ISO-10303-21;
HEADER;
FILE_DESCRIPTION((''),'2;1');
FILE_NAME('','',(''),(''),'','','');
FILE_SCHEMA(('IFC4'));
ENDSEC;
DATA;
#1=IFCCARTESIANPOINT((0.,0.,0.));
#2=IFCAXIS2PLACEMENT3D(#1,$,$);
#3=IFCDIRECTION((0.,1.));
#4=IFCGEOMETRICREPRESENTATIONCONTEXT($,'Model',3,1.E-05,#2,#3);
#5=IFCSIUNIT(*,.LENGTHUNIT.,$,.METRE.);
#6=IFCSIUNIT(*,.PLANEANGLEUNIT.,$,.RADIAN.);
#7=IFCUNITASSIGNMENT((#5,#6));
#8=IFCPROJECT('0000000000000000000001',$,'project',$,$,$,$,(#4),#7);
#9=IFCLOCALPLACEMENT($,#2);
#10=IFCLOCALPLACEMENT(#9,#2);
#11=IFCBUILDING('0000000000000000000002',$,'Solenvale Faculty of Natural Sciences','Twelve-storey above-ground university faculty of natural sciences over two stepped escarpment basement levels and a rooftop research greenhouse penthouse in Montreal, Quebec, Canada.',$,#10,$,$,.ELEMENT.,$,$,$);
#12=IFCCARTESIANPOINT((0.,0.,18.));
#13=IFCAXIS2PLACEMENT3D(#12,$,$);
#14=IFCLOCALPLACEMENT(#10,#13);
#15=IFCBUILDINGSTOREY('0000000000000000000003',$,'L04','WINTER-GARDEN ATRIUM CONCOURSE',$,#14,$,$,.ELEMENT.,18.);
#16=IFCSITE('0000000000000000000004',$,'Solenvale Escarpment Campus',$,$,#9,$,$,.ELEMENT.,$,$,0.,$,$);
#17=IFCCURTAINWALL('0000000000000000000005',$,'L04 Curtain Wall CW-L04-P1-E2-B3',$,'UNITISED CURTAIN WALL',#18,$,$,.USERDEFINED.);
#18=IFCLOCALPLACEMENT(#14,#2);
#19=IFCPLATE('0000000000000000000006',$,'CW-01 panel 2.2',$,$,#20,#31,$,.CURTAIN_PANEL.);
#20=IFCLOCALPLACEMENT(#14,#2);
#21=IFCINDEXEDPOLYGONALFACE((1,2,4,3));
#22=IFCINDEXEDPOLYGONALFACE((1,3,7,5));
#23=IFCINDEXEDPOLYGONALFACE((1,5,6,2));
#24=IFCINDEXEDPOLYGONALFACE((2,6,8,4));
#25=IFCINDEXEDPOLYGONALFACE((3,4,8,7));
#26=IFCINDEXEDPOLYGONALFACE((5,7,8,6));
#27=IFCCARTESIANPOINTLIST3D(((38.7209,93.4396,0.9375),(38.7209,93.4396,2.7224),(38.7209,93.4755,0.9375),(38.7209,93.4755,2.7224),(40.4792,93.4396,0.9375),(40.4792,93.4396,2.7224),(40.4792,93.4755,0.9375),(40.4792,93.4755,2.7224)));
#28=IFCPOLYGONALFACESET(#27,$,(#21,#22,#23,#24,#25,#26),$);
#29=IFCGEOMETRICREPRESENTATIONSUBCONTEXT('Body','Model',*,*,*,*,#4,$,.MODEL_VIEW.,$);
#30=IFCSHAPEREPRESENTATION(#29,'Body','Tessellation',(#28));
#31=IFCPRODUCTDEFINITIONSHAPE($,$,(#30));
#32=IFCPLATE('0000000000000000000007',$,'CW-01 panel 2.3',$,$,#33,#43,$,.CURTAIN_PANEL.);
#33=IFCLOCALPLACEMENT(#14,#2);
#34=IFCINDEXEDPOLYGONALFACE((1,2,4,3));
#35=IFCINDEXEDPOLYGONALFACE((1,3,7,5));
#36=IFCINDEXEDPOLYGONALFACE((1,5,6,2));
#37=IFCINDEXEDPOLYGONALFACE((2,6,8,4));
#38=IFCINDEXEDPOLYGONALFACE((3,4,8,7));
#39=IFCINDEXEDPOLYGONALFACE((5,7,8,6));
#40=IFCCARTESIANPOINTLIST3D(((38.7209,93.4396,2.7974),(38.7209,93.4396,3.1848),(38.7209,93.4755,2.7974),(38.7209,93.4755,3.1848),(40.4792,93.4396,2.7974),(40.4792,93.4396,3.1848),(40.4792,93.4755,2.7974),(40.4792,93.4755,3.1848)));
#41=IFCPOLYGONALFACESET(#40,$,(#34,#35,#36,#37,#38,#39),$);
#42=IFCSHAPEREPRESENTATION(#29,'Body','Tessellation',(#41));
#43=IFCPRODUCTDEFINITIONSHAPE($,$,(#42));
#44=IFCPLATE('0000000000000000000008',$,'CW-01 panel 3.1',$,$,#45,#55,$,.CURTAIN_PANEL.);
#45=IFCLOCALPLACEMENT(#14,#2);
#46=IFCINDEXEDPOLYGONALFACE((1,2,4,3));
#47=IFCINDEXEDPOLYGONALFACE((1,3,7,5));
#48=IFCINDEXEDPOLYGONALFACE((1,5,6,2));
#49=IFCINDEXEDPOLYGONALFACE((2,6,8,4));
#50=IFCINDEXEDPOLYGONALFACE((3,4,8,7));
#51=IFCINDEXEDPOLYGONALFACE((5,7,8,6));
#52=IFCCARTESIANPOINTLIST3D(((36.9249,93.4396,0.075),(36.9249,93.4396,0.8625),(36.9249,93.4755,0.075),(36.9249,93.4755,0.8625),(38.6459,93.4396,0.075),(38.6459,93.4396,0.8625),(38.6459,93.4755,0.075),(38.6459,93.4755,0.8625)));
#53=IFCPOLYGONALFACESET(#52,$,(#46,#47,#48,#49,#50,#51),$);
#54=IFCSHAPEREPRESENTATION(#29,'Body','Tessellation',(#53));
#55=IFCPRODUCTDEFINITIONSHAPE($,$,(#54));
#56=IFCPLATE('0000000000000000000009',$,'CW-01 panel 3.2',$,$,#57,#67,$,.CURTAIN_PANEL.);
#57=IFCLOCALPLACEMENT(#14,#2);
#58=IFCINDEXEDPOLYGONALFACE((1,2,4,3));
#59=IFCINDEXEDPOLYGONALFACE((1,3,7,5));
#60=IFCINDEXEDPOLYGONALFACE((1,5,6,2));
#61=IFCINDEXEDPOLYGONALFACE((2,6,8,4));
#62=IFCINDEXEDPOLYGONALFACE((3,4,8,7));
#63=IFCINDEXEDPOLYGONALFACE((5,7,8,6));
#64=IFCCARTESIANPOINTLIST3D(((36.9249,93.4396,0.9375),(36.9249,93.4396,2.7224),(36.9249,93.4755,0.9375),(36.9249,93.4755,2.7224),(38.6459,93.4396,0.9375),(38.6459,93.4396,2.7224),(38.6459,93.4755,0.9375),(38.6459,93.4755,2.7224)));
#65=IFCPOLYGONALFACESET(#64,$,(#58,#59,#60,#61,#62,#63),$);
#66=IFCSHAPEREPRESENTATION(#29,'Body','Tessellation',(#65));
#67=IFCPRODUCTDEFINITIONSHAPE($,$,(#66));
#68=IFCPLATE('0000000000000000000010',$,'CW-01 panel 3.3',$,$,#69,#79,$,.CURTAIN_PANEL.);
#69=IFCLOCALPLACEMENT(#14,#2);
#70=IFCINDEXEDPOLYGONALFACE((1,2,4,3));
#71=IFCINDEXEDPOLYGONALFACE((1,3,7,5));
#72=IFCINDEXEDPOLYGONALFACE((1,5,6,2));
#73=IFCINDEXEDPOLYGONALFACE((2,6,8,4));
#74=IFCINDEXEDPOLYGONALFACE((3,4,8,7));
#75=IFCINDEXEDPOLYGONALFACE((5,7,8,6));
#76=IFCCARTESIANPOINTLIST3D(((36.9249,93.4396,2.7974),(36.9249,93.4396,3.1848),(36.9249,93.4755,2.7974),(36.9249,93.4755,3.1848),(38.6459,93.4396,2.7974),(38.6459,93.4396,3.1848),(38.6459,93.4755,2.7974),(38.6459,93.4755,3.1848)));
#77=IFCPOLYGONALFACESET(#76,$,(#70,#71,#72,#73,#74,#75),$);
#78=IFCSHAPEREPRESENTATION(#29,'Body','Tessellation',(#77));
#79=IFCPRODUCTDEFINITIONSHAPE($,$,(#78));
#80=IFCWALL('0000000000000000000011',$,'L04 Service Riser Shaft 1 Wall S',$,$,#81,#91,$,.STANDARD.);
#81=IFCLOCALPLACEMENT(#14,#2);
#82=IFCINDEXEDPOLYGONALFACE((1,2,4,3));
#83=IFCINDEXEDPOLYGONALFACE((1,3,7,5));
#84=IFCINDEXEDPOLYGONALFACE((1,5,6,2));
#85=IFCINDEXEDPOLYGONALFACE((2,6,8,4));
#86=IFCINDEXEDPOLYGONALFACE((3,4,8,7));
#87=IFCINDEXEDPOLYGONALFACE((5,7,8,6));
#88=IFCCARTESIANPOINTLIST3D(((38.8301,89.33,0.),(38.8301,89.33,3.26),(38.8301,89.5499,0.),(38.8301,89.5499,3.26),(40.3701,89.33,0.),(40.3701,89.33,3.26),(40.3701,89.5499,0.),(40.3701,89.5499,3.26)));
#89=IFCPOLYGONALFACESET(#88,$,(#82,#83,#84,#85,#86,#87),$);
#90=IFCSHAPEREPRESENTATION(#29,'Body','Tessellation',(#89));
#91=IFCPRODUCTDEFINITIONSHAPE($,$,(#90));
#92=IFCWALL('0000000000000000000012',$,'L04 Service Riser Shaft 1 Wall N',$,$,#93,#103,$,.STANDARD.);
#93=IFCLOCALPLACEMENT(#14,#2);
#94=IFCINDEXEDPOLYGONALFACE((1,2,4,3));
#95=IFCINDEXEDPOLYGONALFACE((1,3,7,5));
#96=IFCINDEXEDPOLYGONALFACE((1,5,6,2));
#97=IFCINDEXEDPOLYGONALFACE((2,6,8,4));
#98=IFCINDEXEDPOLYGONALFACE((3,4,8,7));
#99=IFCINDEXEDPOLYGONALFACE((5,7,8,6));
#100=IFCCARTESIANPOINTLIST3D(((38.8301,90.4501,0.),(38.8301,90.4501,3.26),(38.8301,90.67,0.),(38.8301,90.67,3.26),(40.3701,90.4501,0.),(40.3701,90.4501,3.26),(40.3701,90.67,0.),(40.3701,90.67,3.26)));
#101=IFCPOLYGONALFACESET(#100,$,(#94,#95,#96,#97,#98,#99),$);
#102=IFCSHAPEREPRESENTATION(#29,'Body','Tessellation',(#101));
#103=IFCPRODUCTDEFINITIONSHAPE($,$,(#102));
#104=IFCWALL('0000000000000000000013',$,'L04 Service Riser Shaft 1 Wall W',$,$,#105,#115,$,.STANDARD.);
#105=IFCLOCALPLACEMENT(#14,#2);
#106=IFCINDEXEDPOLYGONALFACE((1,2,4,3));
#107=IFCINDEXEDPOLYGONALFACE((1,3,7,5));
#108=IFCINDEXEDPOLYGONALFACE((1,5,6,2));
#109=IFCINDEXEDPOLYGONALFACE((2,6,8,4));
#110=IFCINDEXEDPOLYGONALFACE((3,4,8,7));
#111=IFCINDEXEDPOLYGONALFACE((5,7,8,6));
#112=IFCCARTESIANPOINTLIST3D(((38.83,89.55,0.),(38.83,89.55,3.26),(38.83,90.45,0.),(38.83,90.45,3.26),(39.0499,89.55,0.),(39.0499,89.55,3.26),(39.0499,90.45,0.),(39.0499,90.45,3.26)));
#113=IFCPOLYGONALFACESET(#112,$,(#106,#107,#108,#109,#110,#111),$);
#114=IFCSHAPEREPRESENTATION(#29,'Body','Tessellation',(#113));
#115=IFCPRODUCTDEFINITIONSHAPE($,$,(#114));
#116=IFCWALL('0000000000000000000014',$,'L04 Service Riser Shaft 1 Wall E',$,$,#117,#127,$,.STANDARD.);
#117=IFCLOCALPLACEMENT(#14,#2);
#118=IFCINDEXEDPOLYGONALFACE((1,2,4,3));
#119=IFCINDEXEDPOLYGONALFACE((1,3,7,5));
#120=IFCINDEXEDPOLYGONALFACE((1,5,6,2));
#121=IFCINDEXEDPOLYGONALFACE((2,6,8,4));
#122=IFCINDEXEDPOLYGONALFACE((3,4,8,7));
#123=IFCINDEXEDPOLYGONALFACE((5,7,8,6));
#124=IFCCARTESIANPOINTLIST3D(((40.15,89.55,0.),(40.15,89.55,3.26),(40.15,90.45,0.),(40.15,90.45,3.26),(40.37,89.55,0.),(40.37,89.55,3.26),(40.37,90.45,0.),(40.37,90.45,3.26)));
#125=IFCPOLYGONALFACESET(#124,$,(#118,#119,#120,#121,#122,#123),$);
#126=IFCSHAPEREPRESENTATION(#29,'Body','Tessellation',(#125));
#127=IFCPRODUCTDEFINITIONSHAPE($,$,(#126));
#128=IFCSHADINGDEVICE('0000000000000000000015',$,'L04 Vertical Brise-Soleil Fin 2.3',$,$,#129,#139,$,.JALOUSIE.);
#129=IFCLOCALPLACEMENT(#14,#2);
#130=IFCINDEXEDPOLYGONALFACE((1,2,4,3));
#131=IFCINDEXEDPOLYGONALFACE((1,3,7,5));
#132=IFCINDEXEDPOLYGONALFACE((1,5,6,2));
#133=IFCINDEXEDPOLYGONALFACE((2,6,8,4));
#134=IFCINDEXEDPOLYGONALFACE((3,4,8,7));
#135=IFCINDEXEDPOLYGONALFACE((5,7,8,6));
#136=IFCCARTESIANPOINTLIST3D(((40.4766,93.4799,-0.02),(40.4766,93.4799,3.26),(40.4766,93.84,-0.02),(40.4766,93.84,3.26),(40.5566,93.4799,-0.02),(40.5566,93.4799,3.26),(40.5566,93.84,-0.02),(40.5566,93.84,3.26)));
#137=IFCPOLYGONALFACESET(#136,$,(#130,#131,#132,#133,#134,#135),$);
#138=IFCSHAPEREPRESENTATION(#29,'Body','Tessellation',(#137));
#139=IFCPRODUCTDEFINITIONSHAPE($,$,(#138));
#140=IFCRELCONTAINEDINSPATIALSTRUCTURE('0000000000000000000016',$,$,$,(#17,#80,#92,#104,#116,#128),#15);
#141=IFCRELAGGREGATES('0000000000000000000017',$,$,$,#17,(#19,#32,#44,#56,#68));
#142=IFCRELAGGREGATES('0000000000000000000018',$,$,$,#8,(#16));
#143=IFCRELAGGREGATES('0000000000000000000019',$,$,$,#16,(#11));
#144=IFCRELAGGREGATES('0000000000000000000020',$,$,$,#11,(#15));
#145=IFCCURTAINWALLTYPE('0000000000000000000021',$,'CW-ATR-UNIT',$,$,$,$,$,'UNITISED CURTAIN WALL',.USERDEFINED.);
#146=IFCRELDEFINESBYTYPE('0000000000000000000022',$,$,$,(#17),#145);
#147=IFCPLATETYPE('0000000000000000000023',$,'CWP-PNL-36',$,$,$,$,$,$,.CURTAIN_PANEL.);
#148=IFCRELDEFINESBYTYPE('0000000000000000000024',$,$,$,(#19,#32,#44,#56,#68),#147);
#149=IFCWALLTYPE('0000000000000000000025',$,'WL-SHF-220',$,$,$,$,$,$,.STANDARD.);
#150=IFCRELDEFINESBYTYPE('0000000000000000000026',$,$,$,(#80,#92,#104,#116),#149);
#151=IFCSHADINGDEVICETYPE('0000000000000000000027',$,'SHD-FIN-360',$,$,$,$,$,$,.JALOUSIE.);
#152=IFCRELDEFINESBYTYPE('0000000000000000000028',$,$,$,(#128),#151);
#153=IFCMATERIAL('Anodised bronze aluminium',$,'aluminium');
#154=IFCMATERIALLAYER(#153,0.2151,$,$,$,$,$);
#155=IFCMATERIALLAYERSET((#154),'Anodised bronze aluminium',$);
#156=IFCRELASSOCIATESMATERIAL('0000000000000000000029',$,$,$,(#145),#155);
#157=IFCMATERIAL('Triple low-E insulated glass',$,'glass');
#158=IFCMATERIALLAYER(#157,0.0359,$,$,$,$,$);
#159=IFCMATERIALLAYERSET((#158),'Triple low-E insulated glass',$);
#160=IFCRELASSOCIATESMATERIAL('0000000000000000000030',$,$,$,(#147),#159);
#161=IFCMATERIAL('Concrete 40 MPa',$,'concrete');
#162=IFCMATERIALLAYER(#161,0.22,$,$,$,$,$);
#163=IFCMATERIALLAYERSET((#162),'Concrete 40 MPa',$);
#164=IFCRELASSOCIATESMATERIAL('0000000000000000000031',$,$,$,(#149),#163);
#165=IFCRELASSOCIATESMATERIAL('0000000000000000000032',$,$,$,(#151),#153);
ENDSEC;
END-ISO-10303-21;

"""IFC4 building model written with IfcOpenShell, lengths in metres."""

from ifc_helpers import new_model, si_unit, direction, frame, frame_2d, origin, origin_2d, place, context, subcontext, project, spatial, rectangle, extrude, material, layer, layer_set, material_profile, profile_set, type_object, element, aggregate, save


model = new_model("IFC4")

# Units and contexts
model_context = context("Model", 3, precision=1e-05, world=origin(), true_north=direction((0.0, 1.0)))
body_context = subcontext(model_context, "Body", "Model", "MODEL_VIEW")
ifc_project = project(units=[si_unit("LENGTHUNIT", "METRE"), si_unit("PLANEANGLEUNIT", "RADIAN")], contexts=[model_context])

# Site, building, storey
site_placement = place(None, origin())
site = spatial("IfcSite", under=ifc_project, at=site_placement, Name="Solenvale Escarpment Campus", CompositionType="ELEMENT", RefElevation=0.0)
building_placement = place(site_placement, origin())
building = spatial("IfcBuilding", under=site, at=building_placement, Name="Solenvale Faculty of Natural Sciences", Description="Twelve-storey above-ground university faculty of natural sciences over two stepped escarpment basement levels and a rooftop research greenhouse penthouse in Montreal, Quebec, Canada.", CompositionType="ELEMENT")
storey_placement = place(building_placement, frame((0.0, 0.0, 18.0)))
storey = spatial("IfcBuildingStorey", under=building, at=storey_placement, Name="L04", Description="WINTER-GARDEN ATRIUM CONCOURSE", CompositionType="ELEMENT", Elevation=18.0)

# Curtain wall, plates
ifc_material_1 = material(Name="Anodised bronze aluminium", Category="aluminium")
ifc_layer_1 = layer(ifc_material_1, 0.2151)
ifc_layer_set_1 = layer_set([ifc_layer_1], Name="Anodised bronze aluminium")
curtain_wall_type = type_object("IfcCurtainWallType", Name="CW-ATR-UNIT", ElementType="UNITISED CURTAIN WALL", PredefinedType="USERDEFINED", material=ifc_layer_set_1)
curtain_wall_placement = place(storey_placement, origin())
curtain_wall = element("IfcCurtainWall", 1, at=curtain_wall_placement, inside=storey, type_object=curtain_wall_type, Name="L04 Curtain Wall CW-L04-P1-E2-B3", ObjectType="UNITISED CURTAIN WALL", PredefinedType="USERDEFINED")
ifc_material_2 = material(Name="Triple low-E insulated glass", Category="glass")
ifc_layer_2 = layer(ifc_material_2, 0.0359)
ifc_layer_set_2 = layer_set([ifc_layer_2], Name="Triple low-E insulated glass")
plate_type = type_object("IfcPlateType", Name="CWP-PNL-36", PredefinedType="CURTAIN_PANEL", material=ifc_layer_set_2)
plate_1_placement = place(storey_placement, frame((39.6001, 93.4575, 0.9375), z_axis=(0.0, 0.0, 1.0), x_axis=(-1.0, 0.0, 0.0)))
plate_1 = element("IfcPlate", 2, at=plate_1_placement, type_object=plate_type, Name="CW-01 panel 2.2", PredefinedType="CURTAIN_PANEL", context=body_context, shape_type="SweptSolid", body=[
    extrude(rectangle(XDim=1.7583, YDim=0.0359, at=origin_2d()), origin(), (0.0, 0.0, 1.0), 1.7849),
])
plate_2_placement = place(storey_placement, frame((39.6001, 93.4575, 2.7974), z_axis=(0.0, 0.0, 1.0), x_axis=(-1.0, 0.0, 0.0)))
plate_2 = element("IfcPlate", 3, at=plate_2_placement, type_object=plate_type, Name="CW-01 panel 2.3", PredefinedType="CURTAIN_PANEL", context=body_context, shape_type="SweptSolid", body=[
    extrude(rectangle(XDim=1.7583, YDim=0.0359, at=origin_2d()), origin(), (0.0, 0.0, 1.0), 0.3875),
])
plate_3_placement = place(storey_placement, frame((37.7854, 93.4575, 0.075), z_axis=(0.0, 0.0, 1.0), x_axis=(-1.0, 0.0, 0.0)))
plate_3 = element("IfcPlate", 4, at=plate_3_placement, type_object=plate_type, Name="CW-01 panel 3.1", PredefinedType="CURTAIN_PANEL", context=body_context, shape_type="SweptSolid", body=[
    extrude(rectangle(XDim=1.7209, YDim=0.0359, at=origin_2d()), origin(), (0.0, 0.0, 1.0), 0.7876),
])
plate_4_placement = place(storey_placement, frame((37.7854, 93.4575, 0.9375), z_axis=(0.0, 0.0, 1.0), x_axis=(-1.0, 0.0, 0.0)))
plate_4 = element("IfcPlate", 5, at=plate_4_placement, type_object=plate_type, Name="CW-01 panel 3.2", PredefinedType="CURTAIN_PANEL", context=body_context, shape_type="SweptSolid", body=[
    extrude(rectangle(XDim=1.7209, YDim=0.0359, at=origin_2d()), origin(), (0.0, 0.0, 1.0), 1.7849),
])
plate_5_placement = place(storey_placement, frame((37.7854, 93.4575, 2.7974), z_axis=(0.0, 0.0, 1.0), x_axis=(-1.0, 0.0, 0.0)))
plate_5 = element("IfcPlate", 6, at=plate_5_placement, type_object=plate_type, Name="CW-01 panel 3.3", PredefinedType="CURTAIN_PANEL", context=body_context, shape_type="SweptSolid", body=[
    extrude(rectangle(XDim=1.7209, YDim=0.0359, at=origin_2d()), origin(), (0.0, 0.0, 1.0), 0.3875),
])
aggregate(curtain_wall, [plate_1, plate_2, plate_3, plate_4, plate_5])

# Walls
ifc_material_3 = material(Name="Concrete 40 MPa", Category="concrete")
ifc_layer_3 = layer(ifc_material_3, 0.22)
ifc_layer_set_3 = layer_set([ifc_layer_3], Name="Concrete 40 MPa")
wall_type = type_object("IfcWallType", Name="WL-SHF-220", PredefinedType="STANDARD", material=ifc_layer_set_3)
for number, where, z_axis, x_axis, name in (
    (7, (38.8301, 89.4399, 0.0), (0.0, 0.0, 1.0), (1.0, 0.0, 0.0), "L04 Service Riser Shaft 1 Wall S"),
    (8, (38.8301, 90.5601, 0.0), (0.0, 0.0, 1.0), (1.0, 0.0, 0.0), "L04 Service Riser Shaft 1 Wall N"),
):
    element("IfcWall", number, at=place(storey_placement, frame(where, z_axis=z_axis, x_axis=x_axis)), inside=storey, type_object=wall_type, Name=name, PredefinedType="STANDARD", context=body_context, shape_type="SweptSolid", body=[
        extrude(rectangle(XDim=1.54, YDim=0.22, at=frame_2d((0.77, 0.0))), origin(), (0.0, 0.0, 1.0), 3.26),
    ])
for number, where, z_axis, x_axis, name in (
    (9, (38.9399, 89.55, 0.0), (0.0, 0.0, 1.0), (0.0, 1.0, 0.0), "L04 Service Riser Shaft 1 Wall W"),
    (10, (40.26, 89.55, 0.0), (0.0, 0.0, 1.0), (0.0, 1.0, 0.0), "L04 Service Riser Shaft 1 Wall E"),
):
    element("IfcWall", number, at=place(storey_placement, frame(where, z_axis=z_axis, x_axis=x_axis)), inside=storey, type_object=wall_type, Name=name, PredefinedType="STANDARD", context=body_context, shape_type="SweptSolid", body=[
        extrude(rectangle(XDim=0.8999, YDim=0.22, at=frame_2d((0.45, 0.0))), origin(), (0.0, 0.0, 1.0), 3.26),
    ])

# Shading device
ifc_material_profile_1 = material_profile(ifc_material_1, rectangle(XDim=0.0801, YDim=0.3601, at=origin_2d()), Name="ALU-FIN-80x360")
ifc_profile_set_1 = profile_set([ifc_material_profile_1], Name="Anodised bronze aluminium")
shading_device_type = type_object("IfcShadingDeviceType", Name="SHD-FIN-360", PredefinedType="JALOUSIE", material=ifc_profile_set_1)
shading_device_placement = place(storey_placement, frame((40.5166, 93.6599, -0.02), z_axis=(0.0, 0.0, 1.0), x_axis=(1.0, 0.0, 0.0)))
element("IfcShadingDevice", 11, at=shading_device_placement, inside=storey, type_object=shading_device_type, Name="L04 Vertical Brise-Soleil Fin 2.3", PredefinedType="JALOUSIE", context=body_context, shape_type="SweptSolid", body=[
    extrude(rectangle(XDim=0.0801, YDim=0.3601, at=origin_2d()), origin(), (0.0, 0.0, 1.0), 3.28),
])

save(model, "model.ifc")
